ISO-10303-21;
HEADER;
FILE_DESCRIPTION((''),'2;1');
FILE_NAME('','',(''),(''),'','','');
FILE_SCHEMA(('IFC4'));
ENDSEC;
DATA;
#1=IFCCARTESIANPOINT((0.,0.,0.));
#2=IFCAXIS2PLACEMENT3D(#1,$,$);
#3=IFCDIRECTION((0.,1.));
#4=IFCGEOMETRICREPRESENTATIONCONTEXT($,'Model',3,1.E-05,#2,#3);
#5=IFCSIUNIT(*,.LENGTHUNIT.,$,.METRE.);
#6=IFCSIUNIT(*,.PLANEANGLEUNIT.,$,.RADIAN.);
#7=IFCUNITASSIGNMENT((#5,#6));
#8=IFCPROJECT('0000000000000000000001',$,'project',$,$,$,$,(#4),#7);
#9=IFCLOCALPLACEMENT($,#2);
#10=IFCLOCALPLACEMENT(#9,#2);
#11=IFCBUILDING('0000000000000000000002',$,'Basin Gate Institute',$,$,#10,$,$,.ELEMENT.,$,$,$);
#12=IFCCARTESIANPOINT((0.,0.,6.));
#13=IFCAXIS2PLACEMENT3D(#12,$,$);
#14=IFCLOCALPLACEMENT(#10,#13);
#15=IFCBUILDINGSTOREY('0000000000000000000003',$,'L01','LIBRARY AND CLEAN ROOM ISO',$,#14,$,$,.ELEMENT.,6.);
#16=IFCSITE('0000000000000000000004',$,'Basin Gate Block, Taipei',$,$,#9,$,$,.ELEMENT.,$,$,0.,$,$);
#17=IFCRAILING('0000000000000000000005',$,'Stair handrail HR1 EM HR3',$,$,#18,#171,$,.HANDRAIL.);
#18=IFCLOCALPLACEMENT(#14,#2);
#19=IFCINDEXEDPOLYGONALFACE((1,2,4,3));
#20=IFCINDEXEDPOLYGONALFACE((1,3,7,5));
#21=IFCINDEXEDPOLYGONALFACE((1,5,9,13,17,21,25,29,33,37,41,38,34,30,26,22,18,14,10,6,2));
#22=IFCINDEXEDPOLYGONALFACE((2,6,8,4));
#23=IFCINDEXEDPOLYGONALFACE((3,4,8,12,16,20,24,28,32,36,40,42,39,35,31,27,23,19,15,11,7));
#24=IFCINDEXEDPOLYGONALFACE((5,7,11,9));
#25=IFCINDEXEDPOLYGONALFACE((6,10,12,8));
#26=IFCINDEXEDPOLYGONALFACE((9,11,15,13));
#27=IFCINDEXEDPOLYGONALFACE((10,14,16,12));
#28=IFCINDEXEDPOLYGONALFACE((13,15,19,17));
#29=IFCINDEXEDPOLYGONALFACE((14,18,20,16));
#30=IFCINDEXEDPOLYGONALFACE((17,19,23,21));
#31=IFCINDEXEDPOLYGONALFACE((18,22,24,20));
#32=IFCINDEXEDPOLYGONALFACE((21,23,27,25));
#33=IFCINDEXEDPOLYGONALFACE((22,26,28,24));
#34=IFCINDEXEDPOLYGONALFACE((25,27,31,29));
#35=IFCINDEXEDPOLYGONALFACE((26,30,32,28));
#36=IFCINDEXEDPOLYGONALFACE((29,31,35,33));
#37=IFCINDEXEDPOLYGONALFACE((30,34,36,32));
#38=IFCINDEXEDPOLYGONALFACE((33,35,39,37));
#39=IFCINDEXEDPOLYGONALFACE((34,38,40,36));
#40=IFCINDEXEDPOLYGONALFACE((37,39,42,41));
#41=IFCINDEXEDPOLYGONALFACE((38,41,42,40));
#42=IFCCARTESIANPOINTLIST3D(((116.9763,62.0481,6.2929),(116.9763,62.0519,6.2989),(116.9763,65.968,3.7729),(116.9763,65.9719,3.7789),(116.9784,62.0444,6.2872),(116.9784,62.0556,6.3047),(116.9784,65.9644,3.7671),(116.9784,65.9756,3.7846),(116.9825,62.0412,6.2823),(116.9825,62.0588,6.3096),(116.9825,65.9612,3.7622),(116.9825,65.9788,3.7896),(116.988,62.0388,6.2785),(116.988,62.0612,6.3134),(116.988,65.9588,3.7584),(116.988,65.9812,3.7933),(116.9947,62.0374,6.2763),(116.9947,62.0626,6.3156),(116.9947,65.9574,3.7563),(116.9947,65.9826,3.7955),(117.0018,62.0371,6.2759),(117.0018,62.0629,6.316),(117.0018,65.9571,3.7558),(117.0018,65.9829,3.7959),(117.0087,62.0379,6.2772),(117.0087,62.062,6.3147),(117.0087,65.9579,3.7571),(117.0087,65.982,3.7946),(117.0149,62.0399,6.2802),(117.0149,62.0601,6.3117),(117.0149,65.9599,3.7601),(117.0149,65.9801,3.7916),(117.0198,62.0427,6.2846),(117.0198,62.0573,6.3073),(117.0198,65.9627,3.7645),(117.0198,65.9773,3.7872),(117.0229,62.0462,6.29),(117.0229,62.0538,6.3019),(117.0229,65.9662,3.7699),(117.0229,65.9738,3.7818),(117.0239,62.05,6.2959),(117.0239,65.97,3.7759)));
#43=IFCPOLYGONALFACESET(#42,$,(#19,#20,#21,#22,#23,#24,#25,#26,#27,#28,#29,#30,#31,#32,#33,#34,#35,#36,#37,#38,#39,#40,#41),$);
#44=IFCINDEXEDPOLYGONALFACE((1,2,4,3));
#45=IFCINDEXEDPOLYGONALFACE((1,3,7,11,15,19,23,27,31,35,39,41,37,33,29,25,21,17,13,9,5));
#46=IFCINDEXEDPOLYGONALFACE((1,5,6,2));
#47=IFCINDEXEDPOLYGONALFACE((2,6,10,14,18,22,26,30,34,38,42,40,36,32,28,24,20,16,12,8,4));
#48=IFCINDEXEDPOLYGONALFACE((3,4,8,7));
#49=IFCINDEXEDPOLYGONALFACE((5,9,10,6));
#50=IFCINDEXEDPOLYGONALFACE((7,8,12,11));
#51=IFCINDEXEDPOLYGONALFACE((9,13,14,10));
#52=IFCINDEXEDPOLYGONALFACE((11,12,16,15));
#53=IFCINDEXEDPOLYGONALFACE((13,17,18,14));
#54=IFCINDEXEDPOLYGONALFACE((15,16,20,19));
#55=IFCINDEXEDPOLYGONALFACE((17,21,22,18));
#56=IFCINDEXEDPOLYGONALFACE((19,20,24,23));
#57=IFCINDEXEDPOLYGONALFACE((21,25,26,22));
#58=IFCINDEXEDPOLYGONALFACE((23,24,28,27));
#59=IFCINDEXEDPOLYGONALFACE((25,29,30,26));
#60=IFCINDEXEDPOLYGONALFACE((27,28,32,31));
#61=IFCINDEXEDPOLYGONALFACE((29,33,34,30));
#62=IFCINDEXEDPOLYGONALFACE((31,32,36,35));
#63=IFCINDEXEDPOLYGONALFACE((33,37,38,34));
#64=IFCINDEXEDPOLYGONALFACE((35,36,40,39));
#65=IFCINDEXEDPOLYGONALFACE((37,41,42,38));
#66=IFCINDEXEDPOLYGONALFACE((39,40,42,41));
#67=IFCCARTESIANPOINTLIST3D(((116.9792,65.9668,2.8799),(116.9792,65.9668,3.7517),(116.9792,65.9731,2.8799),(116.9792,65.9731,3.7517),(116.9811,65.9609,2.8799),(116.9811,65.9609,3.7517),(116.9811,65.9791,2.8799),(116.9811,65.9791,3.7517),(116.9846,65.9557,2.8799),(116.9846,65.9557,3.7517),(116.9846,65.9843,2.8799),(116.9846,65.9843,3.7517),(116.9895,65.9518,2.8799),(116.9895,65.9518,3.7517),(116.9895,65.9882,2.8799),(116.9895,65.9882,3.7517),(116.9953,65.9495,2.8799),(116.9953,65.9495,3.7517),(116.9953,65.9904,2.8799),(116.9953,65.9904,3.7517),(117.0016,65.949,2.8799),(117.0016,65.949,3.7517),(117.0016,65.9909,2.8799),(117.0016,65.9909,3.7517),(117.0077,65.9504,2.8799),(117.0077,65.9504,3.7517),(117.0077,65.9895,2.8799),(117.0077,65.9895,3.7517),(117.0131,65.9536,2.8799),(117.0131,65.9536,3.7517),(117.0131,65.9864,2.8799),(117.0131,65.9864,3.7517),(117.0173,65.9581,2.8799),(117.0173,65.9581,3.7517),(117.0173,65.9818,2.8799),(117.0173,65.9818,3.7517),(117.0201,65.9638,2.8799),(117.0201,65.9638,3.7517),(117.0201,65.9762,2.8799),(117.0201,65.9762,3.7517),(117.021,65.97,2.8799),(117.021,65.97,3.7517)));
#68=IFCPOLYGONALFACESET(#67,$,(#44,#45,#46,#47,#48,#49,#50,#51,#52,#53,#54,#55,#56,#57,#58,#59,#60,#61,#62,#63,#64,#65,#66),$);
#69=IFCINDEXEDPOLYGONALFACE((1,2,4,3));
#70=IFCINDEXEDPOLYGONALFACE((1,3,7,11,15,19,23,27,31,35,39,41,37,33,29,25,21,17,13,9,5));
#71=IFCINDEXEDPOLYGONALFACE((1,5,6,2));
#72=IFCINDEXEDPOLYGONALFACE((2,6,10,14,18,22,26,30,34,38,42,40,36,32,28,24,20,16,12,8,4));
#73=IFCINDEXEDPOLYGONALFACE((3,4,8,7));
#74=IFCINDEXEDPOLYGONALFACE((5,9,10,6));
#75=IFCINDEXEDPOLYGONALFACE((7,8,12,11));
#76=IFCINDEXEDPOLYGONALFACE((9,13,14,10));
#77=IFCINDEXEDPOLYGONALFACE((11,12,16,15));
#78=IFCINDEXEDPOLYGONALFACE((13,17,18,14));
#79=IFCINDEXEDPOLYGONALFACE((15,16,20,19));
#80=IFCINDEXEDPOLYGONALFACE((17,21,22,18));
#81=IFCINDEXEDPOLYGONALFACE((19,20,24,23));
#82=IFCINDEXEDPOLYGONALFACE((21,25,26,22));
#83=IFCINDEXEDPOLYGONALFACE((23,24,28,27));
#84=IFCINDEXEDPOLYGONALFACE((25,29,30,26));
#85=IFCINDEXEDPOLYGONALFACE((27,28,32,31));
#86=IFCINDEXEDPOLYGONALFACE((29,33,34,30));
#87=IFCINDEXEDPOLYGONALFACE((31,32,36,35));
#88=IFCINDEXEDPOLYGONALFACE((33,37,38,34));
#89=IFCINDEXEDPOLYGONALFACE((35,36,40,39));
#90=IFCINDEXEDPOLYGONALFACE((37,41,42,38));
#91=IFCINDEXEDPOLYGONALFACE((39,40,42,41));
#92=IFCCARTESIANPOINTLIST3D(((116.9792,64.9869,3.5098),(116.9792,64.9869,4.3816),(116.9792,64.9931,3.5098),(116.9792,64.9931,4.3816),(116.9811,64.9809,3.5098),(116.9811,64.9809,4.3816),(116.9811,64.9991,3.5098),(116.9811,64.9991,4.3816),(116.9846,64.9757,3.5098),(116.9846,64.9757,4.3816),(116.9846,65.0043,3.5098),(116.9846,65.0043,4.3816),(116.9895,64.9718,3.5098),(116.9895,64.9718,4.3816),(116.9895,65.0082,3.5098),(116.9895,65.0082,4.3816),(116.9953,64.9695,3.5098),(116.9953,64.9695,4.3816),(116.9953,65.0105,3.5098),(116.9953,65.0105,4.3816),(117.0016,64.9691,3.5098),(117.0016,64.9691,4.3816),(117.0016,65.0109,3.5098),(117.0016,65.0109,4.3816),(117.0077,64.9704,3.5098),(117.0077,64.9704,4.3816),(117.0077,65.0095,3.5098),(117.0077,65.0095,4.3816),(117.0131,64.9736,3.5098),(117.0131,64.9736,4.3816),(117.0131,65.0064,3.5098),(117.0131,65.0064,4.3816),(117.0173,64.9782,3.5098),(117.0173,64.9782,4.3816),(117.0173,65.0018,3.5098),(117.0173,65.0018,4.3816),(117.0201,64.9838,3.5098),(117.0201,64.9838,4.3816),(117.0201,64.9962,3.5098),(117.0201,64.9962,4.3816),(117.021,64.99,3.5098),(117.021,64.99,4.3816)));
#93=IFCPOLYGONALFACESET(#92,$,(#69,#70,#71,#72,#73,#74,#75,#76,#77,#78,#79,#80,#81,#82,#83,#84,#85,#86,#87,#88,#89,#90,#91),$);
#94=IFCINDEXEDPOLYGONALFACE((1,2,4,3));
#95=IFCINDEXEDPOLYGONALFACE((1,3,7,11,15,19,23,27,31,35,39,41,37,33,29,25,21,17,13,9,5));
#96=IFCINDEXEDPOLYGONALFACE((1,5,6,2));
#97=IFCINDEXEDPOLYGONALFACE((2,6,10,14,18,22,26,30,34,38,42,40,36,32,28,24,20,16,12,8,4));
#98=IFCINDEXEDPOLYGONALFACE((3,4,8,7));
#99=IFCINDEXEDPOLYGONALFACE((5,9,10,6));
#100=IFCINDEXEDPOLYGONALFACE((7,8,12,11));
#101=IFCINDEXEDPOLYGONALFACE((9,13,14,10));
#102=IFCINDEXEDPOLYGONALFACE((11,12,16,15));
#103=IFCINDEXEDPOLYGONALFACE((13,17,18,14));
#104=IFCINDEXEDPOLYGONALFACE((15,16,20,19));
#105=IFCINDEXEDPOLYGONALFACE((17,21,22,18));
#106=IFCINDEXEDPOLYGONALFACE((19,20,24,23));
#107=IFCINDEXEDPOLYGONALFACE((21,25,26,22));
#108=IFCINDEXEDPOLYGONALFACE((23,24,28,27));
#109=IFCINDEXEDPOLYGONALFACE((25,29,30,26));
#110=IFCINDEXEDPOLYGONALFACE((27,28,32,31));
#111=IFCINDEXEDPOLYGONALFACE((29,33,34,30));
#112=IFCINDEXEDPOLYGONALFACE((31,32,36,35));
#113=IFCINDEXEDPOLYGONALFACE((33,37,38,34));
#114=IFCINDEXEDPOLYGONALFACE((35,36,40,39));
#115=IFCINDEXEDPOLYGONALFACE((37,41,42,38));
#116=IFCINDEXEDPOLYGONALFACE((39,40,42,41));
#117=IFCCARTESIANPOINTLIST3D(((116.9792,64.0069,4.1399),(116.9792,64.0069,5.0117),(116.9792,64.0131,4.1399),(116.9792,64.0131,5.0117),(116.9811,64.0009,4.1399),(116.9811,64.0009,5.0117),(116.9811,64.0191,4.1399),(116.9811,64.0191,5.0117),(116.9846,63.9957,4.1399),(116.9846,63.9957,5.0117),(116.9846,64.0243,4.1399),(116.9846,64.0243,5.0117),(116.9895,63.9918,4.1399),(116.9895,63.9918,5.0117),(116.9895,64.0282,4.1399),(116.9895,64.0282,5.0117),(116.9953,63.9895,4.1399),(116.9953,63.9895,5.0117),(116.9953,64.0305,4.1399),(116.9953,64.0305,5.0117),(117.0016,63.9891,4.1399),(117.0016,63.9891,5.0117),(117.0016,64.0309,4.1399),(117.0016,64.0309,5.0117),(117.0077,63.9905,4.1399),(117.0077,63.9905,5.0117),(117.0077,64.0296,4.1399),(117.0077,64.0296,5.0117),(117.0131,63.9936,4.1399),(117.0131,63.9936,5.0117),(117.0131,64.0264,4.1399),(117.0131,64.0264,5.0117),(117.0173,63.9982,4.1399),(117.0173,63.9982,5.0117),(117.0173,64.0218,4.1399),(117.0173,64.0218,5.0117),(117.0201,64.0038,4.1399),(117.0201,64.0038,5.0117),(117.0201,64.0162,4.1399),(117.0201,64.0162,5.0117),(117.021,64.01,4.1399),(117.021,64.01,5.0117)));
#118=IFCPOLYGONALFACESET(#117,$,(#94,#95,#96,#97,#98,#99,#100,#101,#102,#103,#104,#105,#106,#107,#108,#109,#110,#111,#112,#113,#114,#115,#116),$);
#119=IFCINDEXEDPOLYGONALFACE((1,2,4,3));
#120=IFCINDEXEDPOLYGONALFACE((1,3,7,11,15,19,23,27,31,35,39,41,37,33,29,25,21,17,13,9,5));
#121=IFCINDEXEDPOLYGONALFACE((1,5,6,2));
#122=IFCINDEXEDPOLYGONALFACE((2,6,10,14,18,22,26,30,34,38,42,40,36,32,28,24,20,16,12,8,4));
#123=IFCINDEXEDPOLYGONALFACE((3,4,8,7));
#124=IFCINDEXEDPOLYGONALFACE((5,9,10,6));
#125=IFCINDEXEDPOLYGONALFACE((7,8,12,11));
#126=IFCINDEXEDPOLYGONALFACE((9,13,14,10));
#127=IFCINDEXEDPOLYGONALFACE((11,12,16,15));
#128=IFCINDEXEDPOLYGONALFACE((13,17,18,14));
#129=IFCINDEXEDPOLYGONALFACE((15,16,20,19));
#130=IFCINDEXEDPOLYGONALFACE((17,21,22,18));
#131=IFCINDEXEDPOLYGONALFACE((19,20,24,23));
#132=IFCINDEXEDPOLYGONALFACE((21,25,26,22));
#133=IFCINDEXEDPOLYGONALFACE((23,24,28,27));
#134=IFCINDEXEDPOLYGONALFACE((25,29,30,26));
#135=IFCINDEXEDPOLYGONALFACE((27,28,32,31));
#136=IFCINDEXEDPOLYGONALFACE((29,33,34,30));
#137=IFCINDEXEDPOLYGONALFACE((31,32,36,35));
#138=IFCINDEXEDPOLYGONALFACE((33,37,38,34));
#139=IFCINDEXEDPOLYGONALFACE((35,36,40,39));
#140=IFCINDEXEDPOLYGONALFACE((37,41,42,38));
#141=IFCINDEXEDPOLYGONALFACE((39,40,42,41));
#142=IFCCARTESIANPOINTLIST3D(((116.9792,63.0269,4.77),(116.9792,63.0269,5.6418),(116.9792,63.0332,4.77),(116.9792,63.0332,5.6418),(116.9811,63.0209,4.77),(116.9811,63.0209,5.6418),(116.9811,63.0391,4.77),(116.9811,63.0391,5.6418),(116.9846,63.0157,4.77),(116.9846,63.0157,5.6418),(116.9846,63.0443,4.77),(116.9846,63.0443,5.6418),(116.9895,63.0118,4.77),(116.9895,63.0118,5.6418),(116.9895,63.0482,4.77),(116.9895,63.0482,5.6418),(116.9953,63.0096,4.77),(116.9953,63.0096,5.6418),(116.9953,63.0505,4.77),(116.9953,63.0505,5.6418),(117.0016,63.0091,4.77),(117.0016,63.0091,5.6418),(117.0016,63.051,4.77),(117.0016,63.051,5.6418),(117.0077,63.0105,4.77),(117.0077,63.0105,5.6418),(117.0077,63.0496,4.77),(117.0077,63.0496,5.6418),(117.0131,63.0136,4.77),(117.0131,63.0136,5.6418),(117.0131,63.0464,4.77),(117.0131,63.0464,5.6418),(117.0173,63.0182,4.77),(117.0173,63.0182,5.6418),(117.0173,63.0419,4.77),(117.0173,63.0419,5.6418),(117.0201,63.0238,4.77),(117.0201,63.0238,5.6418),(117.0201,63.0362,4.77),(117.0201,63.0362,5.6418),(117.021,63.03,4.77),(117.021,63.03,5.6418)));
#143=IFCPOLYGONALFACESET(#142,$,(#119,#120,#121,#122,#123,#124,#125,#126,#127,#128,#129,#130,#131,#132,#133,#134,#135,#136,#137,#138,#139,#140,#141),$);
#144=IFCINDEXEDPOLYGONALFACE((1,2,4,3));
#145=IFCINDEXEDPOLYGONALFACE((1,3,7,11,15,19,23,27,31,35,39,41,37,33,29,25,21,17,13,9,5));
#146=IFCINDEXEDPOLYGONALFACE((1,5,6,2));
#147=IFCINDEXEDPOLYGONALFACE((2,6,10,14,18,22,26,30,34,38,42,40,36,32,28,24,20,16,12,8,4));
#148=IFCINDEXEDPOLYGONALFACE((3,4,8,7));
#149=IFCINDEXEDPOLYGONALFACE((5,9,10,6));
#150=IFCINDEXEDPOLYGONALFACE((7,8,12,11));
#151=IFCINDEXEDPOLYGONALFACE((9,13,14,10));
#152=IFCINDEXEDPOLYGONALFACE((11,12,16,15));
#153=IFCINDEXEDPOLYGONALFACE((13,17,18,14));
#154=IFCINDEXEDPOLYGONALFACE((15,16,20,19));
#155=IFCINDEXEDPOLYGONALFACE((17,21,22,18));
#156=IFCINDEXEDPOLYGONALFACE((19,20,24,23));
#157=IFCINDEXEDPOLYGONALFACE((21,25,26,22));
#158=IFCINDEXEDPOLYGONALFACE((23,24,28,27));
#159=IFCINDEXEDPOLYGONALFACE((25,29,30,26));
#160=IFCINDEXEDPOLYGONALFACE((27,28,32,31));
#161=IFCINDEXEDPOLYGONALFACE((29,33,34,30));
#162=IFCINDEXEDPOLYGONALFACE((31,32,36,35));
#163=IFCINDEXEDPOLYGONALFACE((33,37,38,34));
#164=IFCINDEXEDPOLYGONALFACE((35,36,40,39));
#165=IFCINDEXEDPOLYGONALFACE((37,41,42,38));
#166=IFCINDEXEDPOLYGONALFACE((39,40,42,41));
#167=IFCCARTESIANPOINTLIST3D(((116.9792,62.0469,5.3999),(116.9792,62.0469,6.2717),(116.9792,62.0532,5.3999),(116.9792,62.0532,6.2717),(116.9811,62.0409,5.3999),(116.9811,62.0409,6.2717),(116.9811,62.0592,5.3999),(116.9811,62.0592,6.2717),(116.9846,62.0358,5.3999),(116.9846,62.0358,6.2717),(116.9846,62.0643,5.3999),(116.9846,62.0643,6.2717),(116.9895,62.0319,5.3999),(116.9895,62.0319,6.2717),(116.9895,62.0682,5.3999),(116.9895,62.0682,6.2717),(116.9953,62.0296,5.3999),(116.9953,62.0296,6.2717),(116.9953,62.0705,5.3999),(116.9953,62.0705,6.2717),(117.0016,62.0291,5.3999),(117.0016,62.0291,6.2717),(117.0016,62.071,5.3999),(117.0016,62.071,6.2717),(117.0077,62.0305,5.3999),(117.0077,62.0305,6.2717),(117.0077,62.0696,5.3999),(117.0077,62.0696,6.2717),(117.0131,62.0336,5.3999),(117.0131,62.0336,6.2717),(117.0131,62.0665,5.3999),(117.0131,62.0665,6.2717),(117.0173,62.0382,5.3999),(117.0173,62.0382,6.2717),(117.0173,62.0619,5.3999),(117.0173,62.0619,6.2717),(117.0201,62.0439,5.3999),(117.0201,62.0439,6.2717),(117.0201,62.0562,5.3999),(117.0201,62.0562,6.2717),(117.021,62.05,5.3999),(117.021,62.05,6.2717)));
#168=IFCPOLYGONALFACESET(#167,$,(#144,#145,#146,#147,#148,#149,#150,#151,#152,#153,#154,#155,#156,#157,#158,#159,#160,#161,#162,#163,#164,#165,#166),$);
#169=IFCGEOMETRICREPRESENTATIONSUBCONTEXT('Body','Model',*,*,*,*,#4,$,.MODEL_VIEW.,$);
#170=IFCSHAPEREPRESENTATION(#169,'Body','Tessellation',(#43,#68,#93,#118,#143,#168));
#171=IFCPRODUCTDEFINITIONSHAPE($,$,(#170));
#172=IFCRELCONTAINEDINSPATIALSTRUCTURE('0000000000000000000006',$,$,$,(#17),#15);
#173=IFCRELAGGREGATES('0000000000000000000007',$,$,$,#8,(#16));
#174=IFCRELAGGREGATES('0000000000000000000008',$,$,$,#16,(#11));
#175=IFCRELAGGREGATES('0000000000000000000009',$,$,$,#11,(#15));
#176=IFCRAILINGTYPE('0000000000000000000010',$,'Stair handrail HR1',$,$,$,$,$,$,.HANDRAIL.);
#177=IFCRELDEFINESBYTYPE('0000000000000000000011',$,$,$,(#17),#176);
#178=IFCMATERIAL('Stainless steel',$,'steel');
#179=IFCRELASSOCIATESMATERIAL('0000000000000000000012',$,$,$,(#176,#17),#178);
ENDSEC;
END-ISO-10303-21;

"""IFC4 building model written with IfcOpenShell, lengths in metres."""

from ifc_helpers import new_model, si_unit, direction, frame, origin, origin_2d, place, context, subcontext, project, spatial, circle, extrude, material, type_object, element, save


model = new_model("IFC4")

# Units and contexts
model_context = context("Model", 3, precision=1e-05, world=origin(), true_north=direction((0.0, 1.0)))
body_context = subcontext(model_context, "Body", "Model", "MODEL_VIEW")
ifc_project = project(units=[si_unit("LENGTHUNIT", "METRE"), si_unit("PLANEANGLEUNIT", "RADIAN")], contexts=[model_context])

# Site, building, storey
site_placement = place(None, origin())
site = spatial("IfcSite", under=ifc_project, at=site_placement, Name="Basin Gate Block, Taipei", CompositionType="ELEMENT", RefElevation=0.0)
building_placement = place(site_placement, origin())
building = spatial("IfcBuilding", under=site, at=building_placement, Name="Basin Gate Institute", CompositionType="ELEMENT")
storey_placement = place(building_placement, frame((0.0, 0.0, 6.0)))
storey = spatial("IfcBuildingStorey", under=building, at=storey_placement, Name="L01", Description="LIBRARY AND CLEAN ROOM ISO", CompositionType="ELEMENT", Elevation=6.0)

# Railing
ifc_material_1 = material(Name="Stainless steel", Category="steel")
railing_type = type_object("IfcRailingType", Name="Stair handrail HR1", PredefinedType="HANDRAIL", material=ifc_material_1)
railing_placement = place(storey_placement, frame((117.0, 65.97, 2.8799)))
element("IfcRailing", 1, at=railing_placement, inside=storey, type_object=railing_type, material=ifc_material_1, Name="Stair handrail HR1 EM HR3", PredefinedType="HANDRAIL", context=body_context, shape_type="SweptSolid", body=[
    extrude(circle(Radius=0.0239, at=origin_2d()), frame((0.0, 0.0, 0.896), z_axis=(0.0, -0.841172, 0.540768), x_axis=(1.0, 0.0, 0.0)), (0.0, 0.0, 1.0), 4.6602),
    extrude(circle(Radius=0.021, at=origin_2d()), origin(), (0.0, 0.0, 1.0), 0.8718),
    extrude(circle(Radius=0.021, at=origin_2d()), frame((0.0, -0.98, 0.6299)), (0.0, 0.0, 1.0), 0.8718),
    extrude(circle(Radius=0.021, at=origin_2d()), frame((0.0, -1.96, 1.26)), (0.0, 0.0, 1.0), 0.8718),
    extrude(circle(Radius=0.021, at=origin_2d()), frame((0.0, -2.9399, 1.8901)), (0.0, 0.0, 1.0), 0.8718),
    extrude(circle(Radius=0.021, at=origin_2d()), frame((0.0, -3.9199, 2.52)), (0.0, 0.0, 1.0), 0.8718),
])

save(model, "model.ifc")
